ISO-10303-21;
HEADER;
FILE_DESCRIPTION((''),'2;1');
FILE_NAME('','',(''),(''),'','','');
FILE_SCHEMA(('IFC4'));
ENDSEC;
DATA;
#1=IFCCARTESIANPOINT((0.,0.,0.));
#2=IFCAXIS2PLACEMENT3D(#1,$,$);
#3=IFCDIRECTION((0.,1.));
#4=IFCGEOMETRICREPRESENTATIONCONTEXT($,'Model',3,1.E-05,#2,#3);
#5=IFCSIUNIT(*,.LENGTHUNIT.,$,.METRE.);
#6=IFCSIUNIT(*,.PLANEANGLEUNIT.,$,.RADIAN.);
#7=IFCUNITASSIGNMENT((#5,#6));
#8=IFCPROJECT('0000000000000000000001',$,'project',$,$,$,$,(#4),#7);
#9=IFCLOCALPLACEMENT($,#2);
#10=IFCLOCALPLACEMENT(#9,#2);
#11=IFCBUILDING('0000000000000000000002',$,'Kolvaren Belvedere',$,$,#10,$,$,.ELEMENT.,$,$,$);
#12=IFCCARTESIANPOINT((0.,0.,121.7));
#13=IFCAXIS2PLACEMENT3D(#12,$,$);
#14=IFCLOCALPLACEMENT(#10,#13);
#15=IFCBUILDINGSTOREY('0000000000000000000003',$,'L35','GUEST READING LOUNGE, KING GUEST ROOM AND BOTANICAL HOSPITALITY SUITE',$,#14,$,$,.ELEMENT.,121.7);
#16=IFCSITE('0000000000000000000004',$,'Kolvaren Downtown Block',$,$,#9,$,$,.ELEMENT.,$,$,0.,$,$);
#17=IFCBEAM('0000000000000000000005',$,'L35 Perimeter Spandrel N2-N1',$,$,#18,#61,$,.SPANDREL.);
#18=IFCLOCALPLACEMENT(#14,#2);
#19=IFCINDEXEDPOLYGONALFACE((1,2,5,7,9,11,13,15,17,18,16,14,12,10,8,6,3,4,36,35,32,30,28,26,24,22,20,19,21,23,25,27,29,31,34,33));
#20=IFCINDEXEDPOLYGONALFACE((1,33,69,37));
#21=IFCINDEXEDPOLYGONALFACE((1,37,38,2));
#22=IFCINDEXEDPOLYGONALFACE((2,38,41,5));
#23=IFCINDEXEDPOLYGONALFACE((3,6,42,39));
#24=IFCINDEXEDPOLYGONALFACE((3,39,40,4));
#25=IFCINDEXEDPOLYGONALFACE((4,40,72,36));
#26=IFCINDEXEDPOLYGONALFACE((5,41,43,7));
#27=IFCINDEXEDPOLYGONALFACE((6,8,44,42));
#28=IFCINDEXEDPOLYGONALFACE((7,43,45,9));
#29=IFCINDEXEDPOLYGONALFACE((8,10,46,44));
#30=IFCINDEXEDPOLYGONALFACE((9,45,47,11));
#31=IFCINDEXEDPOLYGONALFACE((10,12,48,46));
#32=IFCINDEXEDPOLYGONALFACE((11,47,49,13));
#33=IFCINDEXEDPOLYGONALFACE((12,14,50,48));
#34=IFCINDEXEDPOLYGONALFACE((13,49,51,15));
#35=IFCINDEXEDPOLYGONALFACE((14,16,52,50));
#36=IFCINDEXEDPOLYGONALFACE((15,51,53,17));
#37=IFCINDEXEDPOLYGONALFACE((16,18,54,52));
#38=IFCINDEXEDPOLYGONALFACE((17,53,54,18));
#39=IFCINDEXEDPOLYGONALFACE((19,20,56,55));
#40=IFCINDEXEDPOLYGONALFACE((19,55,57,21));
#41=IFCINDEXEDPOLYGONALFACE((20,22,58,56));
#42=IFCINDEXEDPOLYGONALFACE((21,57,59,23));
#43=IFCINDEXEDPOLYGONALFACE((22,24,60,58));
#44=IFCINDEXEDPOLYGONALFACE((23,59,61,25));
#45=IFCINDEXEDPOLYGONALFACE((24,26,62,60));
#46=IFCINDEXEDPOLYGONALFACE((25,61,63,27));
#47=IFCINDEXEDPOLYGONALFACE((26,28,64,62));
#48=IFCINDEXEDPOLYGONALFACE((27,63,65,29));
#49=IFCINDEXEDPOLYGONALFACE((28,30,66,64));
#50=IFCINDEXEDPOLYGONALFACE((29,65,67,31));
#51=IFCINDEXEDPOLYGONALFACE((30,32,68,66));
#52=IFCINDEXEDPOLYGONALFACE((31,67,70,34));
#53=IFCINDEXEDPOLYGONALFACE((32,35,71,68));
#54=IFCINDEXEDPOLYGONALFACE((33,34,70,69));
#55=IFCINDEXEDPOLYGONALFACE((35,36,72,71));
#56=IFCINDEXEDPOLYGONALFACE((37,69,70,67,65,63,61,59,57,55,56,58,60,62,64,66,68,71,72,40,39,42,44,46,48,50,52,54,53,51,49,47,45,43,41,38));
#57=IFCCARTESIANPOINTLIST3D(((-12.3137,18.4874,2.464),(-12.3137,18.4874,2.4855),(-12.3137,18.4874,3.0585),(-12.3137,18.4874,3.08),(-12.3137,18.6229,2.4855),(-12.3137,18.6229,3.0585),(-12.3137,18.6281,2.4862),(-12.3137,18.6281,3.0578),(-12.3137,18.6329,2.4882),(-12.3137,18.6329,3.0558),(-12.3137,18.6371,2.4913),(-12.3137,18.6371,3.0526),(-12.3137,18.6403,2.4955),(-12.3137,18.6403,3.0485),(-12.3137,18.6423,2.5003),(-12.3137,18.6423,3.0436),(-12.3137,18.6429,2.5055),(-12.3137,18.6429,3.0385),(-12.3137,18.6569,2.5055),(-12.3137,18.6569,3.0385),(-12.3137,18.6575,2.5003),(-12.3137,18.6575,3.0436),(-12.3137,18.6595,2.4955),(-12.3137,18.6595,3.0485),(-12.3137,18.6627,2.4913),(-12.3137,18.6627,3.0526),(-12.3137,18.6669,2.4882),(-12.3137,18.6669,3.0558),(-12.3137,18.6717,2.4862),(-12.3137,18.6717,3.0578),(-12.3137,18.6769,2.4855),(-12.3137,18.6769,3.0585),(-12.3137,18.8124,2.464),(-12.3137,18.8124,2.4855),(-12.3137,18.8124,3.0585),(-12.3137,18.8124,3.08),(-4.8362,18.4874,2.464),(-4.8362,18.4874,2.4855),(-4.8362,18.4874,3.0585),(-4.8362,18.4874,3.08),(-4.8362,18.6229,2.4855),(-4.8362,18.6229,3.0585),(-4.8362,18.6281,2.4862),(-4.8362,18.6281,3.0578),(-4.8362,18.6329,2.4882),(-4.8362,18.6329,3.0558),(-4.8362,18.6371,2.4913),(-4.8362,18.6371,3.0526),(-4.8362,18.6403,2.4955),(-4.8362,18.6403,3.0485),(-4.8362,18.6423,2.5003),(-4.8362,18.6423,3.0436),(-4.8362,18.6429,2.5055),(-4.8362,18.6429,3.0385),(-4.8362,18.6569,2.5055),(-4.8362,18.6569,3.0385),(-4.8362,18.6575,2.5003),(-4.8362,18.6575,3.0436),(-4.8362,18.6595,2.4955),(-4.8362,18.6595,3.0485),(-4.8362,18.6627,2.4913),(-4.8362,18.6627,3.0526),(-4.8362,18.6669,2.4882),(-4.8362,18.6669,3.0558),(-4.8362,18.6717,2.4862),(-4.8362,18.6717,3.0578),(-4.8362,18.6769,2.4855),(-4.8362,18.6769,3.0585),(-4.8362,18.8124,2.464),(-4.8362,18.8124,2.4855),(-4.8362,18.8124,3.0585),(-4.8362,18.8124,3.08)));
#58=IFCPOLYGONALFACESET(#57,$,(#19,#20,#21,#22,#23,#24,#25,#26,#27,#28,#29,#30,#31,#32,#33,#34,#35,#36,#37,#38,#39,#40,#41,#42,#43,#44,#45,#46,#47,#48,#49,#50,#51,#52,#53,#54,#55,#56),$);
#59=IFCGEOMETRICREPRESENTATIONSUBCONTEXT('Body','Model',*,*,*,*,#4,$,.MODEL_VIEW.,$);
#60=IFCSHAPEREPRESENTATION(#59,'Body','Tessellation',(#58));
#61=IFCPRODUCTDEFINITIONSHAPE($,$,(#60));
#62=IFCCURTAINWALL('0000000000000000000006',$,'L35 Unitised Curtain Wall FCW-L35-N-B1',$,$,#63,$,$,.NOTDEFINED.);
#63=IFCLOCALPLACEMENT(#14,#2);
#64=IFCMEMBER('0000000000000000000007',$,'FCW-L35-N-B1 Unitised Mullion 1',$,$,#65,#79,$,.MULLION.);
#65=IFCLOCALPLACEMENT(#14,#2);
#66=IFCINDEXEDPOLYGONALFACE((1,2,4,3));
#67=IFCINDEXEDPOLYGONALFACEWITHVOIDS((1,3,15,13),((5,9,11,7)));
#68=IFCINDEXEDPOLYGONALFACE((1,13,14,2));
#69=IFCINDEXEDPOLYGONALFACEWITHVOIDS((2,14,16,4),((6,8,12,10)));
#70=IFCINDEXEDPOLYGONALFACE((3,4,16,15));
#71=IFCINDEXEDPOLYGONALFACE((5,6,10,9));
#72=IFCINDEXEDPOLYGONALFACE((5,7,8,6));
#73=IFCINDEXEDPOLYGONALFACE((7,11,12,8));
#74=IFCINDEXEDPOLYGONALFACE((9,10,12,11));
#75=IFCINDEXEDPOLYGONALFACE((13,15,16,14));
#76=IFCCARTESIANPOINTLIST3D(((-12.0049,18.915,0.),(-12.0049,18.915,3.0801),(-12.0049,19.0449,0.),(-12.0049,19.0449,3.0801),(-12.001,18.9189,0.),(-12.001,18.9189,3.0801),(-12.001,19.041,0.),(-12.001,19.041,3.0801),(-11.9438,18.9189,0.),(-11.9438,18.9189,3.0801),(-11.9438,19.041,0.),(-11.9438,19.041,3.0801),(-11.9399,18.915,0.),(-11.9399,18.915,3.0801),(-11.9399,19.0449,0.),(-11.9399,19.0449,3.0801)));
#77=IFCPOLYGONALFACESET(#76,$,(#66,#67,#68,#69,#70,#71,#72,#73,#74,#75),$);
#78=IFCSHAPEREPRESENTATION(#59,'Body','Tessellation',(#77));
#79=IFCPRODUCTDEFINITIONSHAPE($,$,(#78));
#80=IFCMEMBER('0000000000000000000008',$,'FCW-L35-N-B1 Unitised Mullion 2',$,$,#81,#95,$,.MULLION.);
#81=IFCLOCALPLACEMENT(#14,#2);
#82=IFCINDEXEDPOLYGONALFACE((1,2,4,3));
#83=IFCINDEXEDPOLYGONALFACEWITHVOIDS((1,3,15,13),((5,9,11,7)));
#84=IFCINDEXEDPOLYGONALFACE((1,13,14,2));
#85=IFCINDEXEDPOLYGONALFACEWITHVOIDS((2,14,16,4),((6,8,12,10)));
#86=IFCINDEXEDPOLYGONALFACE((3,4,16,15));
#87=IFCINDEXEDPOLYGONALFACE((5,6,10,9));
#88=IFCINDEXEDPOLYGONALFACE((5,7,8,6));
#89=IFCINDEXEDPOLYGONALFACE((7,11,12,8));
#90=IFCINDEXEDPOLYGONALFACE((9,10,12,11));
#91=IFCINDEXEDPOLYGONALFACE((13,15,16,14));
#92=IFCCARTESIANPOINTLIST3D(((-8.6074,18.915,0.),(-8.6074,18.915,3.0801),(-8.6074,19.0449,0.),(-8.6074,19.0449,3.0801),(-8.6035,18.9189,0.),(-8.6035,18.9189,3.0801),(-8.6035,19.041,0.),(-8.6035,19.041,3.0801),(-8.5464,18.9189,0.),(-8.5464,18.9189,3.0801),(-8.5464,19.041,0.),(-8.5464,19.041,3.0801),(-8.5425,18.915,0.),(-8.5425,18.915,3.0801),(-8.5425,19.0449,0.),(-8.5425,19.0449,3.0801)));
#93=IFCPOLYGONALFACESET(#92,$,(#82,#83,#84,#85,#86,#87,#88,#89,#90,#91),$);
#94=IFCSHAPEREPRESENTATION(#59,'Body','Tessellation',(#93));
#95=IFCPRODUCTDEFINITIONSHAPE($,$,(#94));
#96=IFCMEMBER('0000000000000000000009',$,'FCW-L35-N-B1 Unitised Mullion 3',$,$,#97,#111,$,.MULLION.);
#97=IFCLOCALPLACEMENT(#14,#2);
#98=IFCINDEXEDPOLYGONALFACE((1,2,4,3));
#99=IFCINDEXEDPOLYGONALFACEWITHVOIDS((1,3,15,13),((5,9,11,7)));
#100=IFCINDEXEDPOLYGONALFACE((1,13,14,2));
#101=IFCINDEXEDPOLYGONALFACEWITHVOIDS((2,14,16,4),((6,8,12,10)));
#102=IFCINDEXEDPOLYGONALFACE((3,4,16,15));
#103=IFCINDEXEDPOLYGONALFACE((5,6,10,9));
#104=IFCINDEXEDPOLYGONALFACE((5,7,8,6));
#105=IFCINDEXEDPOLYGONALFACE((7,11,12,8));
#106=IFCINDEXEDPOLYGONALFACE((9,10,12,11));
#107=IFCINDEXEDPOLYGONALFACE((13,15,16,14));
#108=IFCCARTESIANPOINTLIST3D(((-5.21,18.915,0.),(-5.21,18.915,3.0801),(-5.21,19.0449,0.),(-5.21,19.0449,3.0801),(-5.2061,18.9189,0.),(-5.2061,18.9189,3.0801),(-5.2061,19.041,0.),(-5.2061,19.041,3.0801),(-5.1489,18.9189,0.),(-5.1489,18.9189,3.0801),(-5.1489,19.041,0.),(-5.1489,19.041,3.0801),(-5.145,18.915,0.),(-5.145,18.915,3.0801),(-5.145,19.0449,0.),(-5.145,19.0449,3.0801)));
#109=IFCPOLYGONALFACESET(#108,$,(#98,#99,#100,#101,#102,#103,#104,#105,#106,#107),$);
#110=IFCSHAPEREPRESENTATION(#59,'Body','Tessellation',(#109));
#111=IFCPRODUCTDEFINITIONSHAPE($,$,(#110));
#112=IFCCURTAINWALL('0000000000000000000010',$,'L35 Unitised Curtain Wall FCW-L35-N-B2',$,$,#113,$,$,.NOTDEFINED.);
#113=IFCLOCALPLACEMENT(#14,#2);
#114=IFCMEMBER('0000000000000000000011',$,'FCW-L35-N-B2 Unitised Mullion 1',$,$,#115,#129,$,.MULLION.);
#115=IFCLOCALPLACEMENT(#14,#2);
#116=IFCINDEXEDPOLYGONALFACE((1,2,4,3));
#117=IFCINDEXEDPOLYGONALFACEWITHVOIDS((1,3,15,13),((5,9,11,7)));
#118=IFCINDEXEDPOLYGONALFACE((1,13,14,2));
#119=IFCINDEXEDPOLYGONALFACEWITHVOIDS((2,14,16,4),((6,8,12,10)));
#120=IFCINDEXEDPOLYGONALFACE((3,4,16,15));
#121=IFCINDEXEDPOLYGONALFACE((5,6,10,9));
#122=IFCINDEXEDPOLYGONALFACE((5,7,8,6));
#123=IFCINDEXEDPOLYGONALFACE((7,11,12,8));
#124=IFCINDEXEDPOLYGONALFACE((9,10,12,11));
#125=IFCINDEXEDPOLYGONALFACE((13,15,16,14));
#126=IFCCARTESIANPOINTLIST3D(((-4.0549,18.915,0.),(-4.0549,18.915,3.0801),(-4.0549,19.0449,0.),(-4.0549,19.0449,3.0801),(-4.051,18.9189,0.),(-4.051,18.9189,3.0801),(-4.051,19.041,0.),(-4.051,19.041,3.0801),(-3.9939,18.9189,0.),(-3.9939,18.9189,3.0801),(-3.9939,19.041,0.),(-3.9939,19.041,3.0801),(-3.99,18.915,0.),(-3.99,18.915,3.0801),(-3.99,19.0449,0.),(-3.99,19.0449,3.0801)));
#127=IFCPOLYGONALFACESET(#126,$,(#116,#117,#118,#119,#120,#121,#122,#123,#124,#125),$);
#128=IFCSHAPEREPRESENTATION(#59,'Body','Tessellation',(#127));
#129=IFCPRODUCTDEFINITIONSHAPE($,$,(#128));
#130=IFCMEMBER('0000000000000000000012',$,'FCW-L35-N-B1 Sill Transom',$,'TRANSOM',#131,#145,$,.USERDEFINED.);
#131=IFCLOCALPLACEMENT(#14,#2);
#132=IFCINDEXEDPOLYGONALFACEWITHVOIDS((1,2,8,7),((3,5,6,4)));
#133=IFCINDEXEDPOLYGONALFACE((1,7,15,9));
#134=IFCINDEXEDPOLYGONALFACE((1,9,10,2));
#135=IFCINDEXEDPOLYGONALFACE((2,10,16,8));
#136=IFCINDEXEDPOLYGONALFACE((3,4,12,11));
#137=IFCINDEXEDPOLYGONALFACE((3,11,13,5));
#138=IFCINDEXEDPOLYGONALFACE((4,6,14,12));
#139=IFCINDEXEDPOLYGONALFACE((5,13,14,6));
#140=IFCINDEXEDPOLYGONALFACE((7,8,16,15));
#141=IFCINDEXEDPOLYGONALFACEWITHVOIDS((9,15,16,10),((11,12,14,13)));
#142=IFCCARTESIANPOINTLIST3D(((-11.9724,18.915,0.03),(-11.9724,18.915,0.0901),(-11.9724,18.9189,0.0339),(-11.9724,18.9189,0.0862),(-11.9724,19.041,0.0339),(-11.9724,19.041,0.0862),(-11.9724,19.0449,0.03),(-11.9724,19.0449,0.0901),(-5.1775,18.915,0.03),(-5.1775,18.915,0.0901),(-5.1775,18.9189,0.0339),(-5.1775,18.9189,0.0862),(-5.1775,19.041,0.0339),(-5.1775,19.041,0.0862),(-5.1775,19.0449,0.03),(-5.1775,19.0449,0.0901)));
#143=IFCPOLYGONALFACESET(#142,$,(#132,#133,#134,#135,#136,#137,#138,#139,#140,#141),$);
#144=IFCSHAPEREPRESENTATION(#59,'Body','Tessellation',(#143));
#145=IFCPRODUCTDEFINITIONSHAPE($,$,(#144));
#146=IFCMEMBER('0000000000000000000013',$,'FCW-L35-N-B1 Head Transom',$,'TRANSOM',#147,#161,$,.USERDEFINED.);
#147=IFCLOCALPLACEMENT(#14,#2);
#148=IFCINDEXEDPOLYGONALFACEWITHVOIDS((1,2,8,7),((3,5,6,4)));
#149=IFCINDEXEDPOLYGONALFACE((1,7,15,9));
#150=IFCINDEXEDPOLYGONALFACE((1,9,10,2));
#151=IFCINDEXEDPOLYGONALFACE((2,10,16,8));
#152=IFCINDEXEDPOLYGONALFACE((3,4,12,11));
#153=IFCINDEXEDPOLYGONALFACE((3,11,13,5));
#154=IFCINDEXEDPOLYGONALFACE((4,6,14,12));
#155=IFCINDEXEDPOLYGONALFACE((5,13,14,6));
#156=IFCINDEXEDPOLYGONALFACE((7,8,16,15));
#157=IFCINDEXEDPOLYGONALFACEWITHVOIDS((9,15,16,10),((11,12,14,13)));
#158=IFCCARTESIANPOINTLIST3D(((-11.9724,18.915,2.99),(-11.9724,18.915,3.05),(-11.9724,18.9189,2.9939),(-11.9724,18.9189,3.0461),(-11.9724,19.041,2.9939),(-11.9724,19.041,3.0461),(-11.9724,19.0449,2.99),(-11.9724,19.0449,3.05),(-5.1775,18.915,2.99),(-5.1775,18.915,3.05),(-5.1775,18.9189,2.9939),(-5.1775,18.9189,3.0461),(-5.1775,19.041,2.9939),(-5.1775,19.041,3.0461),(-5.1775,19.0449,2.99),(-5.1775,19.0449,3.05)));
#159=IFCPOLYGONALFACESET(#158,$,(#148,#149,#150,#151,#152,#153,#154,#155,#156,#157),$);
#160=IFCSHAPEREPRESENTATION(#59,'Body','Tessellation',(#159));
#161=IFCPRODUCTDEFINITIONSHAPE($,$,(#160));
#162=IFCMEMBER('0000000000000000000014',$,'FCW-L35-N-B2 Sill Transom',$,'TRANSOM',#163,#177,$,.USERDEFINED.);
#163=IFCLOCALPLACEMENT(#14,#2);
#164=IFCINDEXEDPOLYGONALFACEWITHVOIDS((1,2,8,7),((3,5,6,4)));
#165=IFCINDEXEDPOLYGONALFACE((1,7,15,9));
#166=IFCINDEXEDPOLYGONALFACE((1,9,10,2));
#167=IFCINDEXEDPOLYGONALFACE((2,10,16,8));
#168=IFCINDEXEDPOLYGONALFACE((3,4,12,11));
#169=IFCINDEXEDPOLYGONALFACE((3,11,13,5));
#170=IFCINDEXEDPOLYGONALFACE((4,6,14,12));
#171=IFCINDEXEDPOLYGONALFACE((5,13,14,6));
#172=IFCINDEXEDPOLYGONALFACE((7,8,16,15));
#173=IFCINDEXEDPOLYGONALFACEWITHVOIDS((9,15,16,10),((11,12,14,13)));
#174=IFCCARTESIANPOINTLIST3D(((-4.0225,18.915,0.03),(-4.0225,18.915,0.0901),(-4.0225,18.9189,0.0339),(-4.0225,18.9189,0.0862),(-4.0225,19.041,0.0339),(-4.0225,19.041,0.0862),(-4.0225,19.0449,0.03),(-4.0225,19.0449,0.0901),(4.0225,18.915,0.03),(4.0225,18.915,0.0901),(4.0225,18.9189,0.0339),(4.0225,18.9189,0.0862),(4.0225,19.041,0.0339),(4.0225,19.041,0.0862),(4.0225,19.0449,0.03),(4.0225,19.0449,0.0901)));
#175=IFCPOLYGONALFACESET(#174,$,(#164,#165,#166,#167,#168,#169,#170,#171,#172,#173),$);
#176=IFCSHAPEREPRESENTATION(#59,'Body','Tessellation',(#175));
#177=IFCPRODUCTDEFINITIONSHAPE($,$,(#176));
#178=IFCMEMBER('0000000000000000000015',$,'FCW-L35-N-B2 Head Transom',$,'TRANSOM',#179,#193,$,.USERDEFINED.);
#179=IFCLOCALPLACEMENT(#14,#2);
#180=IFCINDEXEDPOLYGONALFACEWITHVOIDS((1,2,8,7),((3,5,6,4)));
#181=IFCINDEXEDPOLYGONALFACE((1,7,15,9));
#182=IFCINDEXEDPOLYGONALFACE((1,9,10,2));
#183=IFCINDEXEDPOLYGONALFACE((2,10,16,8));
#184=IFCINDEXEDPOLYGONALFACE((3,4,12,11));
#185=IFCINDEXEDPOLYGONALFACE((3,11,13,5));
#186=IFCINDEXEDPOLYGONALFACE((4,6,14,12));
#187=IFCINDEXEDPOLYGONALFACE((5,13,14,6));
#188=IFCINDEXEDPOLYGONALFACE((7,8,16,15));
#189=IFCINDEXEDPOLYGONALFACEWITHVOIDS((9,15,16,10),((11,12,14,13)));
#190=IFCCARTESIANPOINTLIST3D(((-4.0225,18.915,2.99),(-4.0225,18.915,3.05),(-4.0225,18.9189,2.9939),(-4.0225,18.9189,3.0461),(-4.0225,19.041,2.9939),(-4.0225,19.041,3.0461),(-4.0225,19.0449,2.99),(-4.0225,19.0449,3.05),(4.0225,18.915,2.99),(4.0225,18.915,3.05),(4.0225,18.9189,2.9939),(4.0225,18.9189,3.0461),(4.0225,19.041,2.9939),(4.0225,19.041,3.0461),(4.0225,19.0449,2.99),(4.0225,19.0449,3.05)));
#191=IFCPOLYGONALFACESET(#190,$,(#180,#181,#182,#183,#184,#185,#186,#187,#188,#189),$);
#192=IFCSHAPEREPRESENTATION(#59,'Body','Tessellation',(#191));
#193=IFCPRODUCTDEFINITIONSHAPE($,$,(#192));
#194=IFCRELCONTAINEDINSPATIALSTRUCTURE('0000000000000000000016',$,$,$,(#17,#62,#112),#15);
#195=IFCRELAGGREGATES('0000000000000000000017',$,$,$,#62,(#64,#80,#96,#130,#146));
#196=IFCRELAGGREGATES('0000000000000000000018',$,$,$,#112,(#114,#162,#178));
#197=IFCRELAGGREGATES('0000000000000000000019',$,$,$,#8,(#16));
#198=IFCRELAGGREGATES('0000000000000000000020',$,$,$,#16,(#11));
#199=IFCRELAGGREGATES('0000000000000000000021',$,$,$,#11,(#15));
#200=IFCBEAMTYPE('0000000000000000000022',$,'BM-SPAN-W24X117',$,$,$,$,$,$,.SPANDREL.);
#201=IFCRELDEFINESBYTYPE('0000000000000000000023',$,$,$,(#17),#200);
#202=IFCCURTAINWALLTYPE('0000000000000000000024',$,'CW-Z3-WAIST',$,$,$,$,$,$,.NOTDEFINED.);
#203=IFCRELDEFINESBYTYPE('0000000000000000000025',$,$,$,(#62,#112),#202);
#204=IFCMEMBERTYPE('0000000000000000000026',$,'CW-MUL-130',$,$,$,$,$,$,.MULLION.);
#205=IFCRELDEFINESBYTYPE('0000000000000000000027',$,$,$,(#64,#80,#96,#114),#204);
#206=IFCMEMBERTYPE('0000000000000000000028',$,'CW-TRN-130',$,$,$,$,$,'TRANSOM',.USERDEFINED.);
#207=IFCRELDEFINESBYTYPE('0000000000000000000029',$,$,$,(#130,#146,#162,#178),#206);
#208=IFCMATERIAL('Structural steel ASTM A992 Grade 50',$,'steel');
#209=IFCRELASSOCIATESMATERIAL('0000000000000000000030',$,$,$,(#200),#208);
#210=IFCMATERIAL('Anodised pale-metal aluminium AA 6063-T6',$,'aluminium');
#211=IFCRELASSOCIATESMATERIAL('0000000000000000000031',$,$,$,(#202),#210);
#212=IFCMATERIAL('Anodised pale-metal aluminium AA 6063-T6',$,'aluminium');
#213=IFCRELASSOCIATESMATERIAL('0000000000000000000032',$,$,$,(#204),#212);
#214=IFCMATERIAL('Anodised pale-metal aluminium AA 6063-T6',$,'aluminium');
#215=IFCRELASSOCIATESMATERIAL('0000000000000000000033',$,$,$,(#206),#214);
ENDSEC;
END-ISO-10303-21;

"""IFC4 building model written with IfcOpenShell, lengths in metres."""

from ifc_helpers import new_model, si_unit, direction, frame, origin, origin_2d, place, context, subcontext, project, spatial, hollow_rectangle, i_section, extrude, material, material_profile, profile_set, type_object, element, aggregate, save


model = new_model("IFC4")

# Units and contexts
model_context = context("Model", 3, precision=1e-05, world=origin(), true_north=direction((0.0, 1.0)))
body_context = subcontext(model_context, "Body", "Model", "MODEL_VIEW")
ifc_project = project(units=[si_unit("LENGTHUNIT", "METRE"), si_unit("PLANEANGLEUNIT", "RADIAN")], contexts=[model_context])

# Site, building, storey
site_placement = place(None, origin())
site = spatial("IfcSite", under=ifc_project, at=site_placement, Name="Kolvaren Downtown Block", CompositionType="ELEMENT", RefElevation=0.0)
building_placement = place(site_placement, origin())
building = spatial("IfcBuilding", under=site, at=building_placement, Name="Kolvaren Belvedere", CompositionType="ELEMENT")
storey_placement = place(building_placement, frame((0.0, 0.0, 121.7)))
storey = spatial("IfcBuildingStorey", under=building, at=storey_placement, Name="L35", Description="GUEST READING LOUNGE, KING GUEST ROOM AND BOTANICAL HOSPITALITY SUITE", CompositionType="ELEMENT", Elevation=121.7)

# Beam
ifc_material_1 = material(Name="Structural steel ASTM A992 Grade 50", Category="steel")
ifc_material_profile_1 = material_profile(ifc_material_1, i_section(OverallWidth=0.325, OverallDepth=0.616, WebThickness=0.0139, FlangeThickness=0.0215, FilletRadius=0.02, at=origin_2d()), Name="W24X117")
ifc_profile_set_1 = profile_set([ifc_material_profile_1], Name="Structural steel ASTM A992 Grade 50")
beam_type_1 = type_object("IfcBeamType", Name="BM-SPAN-W24X117", PredefinedType="SPANDREL", material=ifc_profile_set_1)
beam_1_placement = place(storey_placement, frame((-4.8362, 18.6499, 2.772), z_axis=(-1.0, 0.0, 0.0), x_axis=(0.0, -1.0, 0.0)))
element("IfcBeam", 1, at=beam_1_placement, inside=storey, type_object=beam_type_1, Name="L35 Perimeter Spandrel N2-N1", PredefinedType="SPANDREL", context=body_context, shape_type="SweptSolid", body=[
    extrude(i_section(OverallWidth=0.325, OverallDepth=0.616, WebThickness=0.0139, FlangeThickness=0.0215, FilletRadius=0.02, at=origin_2d()), origin(), (0.0, 0.0, 1.0), 7.4775),
])

# Curtain wall, members
ifc_material_2 = material(Name="Anodised pale-metal aluminium AA 6063-T6", Category="aluminium")
curtain_wall_type = type_object("IfcCurtainWallType", Name="CW-Z3-WAIST", PredefinedType="NOTDEFINED", material=ifc_material_2)
curtain_wall_1_placement = place(storey_placement, origin())
curtain_wall_1 = element("IfcCurtainWall", 2, at=curtain_wall_1_placement, inside=storey, type_object=curtain_wall_type, Name="L35 Unitised Curtain Wall FCW-L35-N-B1", PredefinedType="NOTDEFINED")
ifc_material_3 = material(Name="Anodised pale-metal aluminium AA 6063-T6", Category="aluminium")
ifc_material_profile_2 = material_profile(ifc_material_3, hollow_rectangle(XDim=0.0649, YDim=0.1299, WallThickness=0.0039, at=origin_2d()), Name="ALU-MUL-130X65")
ifc_profile_set_2 = profile_set([ifc_material_profile_2], Name="Anodised pale-metal aluminium AA 6063-T6")
member_type_1 = type_object("IfcMemberType", Name="CW-MUL-130", PredefinedType="MULLION", material=ifc_profile_set_2)
member_1_placement = place(storey_placement, frame((-11.9724, 18.98, 0.0), z_axis=(0.0, 0.0, 1.0), x_axis=(1.0, 0.0, 0.0)))
member_1 = element("IfcMember", 3, at=member_1_placement, type_object=member_type_1, Name="FCW-L35-N-B1 Unitised Mullion 1", PredefinedType="MULLION", context=body_context, shape_type="SweptSolid", body=[
    extrude(hollow_rectangle(XDim=0.0649, YDim=0.1299, WallThickness=0.0039, at=origin_2d()), origin(), (0.0, 0.0, 1.0), 3.0801),
])
member_2_placement = place(storey_placement, frame((-8.575, 18.98, 0.0), z_axis=(0.0, 0.0, 1.0), x_axis=(1.0, 0.0, 0.0)))
member_2 = element("IfcMember", 4, at=member_2_placement, type_object=member_type_1, Name="FCW-L35-N-B1 Unitised Mullion 2", PredefinedType="MULLION", context=body_context, shape_type="SweptSolid", body=[
    extrude(hollow_rectangle(XDim=0.0649, YDim=0.1299, WallThickness=0.0039, at=origin_2d()), origin(), (0.0, 0.0, 1.0), 3.0801),
])
member_3_placement = place(storey_placement, frame((-5.1775, 18.98, 0.0), z_axis=(0.0, 0.0, 1.0), x_axis=(1.0, 0.0, 0.0)))
member_3 = element("IfcMember", 5, at=member_3_placement, type_object=member_type_1, Name="FCW-L35-N-B1 Unitised Mullion 3", PredefinedType="MULLION", context=body_context, shape_type="SweptSolid", body=[
    extrude(hollow_rectangle(XDim=0.0649, YDim=0.1299, WallThickness=0.0039, at=origin_2d()), origin(), (0.0, 0.0, 1.0), 3.0801),
])

# Curtain wall, member
curtain_wall_2_placement = place(storey_placement, origin())
curtain_wall_2 = element("IfcCurtainWall", 6, at=curtain_wall_2_placement, inside=storey, type_object=curtain_wall_type, Name="L35 Unitised Curtain Wall FCW-L35-N-B2", PredefinedType="NOTDEFINED")
member_4_placement = place(storey_placement, frame((-4.0225, 18.98, 0.0), z_axis=(0.0, 0.0, 1.0), x_axis=(1.0, 0.0, 0.0)))
member_4 = element("IfcMember", 7, at=member_4_placement, type_object=member_type_1, Name="FCW-L35-N-B2 Unitised Mullion 1", PredefinedType="MULLION", context=body_context, shape_type="SweptSolid", body=[
    extrude(hollow_rectangle(XDim=0.0649, YDim=0.1299, WallThickness=0.0039, at=origin_2d()), origin(), (0.0, 0.0, 1.0), 3.0801),
])

# Members
ifc_material_4 = material(Name="Anodised pale-metal aluminium AA 6063-T6", Category="aluminium")
ifc_material_profile_3 = material_profile(ifc_material_4, hollow_rectangle(XDim=0.0601, YDim=0.1299, WallThickness=0.0039, at=origin_2d()), Name="ALU-TRN-130X60")
ifc_profile_set_3 = profile_set([ifc_material_profile_3], Name="Anodised pale-metal aluminium AA 6063-T6")
member_type_2 = type_object("IfcMemberType", Name="CW-TRN-130", ElementType="TRANSOM", PredefinedType="USERDEFINED", material=ifc_profile_set_3)
member_5_placement = place(storey_placement, frame((-11.9724, 18.98, 0.0601), z_axis=(1.0, 0.0, 0.0), x_axis=(0.0, 0.0, 1.0)))
member_5 = element("IfcMember", 8, at=member_5_placement, type_object=member_type_2, Name="FCW-L35-N-B1 Sill Transom", ObjectType="TRANSOM", PredefinedType="USERDEFINED", context=body_context, shape_type="SweptSolid", body=[
    extrude(hollow_rectangle(XDim=0.0601, YDim=0.1299, WallThickness=0.0039, at=origin_2d()), origin(), (0.0, 0.0, 1.0), 6.7949),
])
member_6_placement = place(storey_placement, frame((-11.9724, 18.98, 3.02), z_axis=(1.0, 0.0, 0.0), x_axis=(0.0, 0.0, 1.0)))
member_6 = element("IfcMember", 9, at=member_6_placement, type_object=member_type_2, Name="FCW-L35-N-B1 Head Transom", ObjectType="TRANSOM", PredefinedType="USERDEFINED", context=body_context, shape_type="SweptSolid", body=[
    extrude(hollow_rectangle(XDim=0.0601, YDim=0.1299, WallThickness=0.0039, at=origin_2d()), origin(), (0.0, 0.0, 1.0), 6.7949),
])
member_7_placement = place(storey_placement, frame((-4.0225, 18.98, 0.0601), z_axis=(1.0, 0.0, 0.0), x_axis=(0.0, 0.0, 1.0)))
member_7 = element("IfcMember", 10, at=member_7_placement, type_object=member_type_2, Name="FCW-L35-N-B2 Sill Transom", ObjectType="TRANSOM", PredefinedType="USERDEFINED", context=body_context, shape_type="SweptSolid", body=[
    extrude(hollow_rectangle(XDim=0.0601, YDim=0.1299, WallThickness=0.0039, at=origin_2d()), origin(), (0.0, 0.0, 1.0), 8.0449),
])
member_8_placement = place(storey_placement, frame((-4.0225, 18.98, 3.02), z_axis=(1.0, 0.0, 0.0), x_axis=(0.0, 0.0, 1.0)))
member_8 = element("IfcMember", 11, at=member_8_placement, type_object=member_type_2, Name="FCW-L35-N-B2 Head Transom", ObjectType="TRANSOM", PredefinedType="USERDEFINED", context=body_context, shape_type="SweptSolid", body=[
    extrude(hollow_rectangle(XDim=0.0601, YDim=0.1299, WallThickness=0.0039, at=origin_2d()), origin(), (0.0, 0.0, 1.0), 8.0449),
])

aggregate(curtain_wall_1, [member_1, member_2, member_3, member_5, member_6])
aggregate(curtain_wall_2, [member_4, member_7, member_8])

save(model, "model.ifc")
